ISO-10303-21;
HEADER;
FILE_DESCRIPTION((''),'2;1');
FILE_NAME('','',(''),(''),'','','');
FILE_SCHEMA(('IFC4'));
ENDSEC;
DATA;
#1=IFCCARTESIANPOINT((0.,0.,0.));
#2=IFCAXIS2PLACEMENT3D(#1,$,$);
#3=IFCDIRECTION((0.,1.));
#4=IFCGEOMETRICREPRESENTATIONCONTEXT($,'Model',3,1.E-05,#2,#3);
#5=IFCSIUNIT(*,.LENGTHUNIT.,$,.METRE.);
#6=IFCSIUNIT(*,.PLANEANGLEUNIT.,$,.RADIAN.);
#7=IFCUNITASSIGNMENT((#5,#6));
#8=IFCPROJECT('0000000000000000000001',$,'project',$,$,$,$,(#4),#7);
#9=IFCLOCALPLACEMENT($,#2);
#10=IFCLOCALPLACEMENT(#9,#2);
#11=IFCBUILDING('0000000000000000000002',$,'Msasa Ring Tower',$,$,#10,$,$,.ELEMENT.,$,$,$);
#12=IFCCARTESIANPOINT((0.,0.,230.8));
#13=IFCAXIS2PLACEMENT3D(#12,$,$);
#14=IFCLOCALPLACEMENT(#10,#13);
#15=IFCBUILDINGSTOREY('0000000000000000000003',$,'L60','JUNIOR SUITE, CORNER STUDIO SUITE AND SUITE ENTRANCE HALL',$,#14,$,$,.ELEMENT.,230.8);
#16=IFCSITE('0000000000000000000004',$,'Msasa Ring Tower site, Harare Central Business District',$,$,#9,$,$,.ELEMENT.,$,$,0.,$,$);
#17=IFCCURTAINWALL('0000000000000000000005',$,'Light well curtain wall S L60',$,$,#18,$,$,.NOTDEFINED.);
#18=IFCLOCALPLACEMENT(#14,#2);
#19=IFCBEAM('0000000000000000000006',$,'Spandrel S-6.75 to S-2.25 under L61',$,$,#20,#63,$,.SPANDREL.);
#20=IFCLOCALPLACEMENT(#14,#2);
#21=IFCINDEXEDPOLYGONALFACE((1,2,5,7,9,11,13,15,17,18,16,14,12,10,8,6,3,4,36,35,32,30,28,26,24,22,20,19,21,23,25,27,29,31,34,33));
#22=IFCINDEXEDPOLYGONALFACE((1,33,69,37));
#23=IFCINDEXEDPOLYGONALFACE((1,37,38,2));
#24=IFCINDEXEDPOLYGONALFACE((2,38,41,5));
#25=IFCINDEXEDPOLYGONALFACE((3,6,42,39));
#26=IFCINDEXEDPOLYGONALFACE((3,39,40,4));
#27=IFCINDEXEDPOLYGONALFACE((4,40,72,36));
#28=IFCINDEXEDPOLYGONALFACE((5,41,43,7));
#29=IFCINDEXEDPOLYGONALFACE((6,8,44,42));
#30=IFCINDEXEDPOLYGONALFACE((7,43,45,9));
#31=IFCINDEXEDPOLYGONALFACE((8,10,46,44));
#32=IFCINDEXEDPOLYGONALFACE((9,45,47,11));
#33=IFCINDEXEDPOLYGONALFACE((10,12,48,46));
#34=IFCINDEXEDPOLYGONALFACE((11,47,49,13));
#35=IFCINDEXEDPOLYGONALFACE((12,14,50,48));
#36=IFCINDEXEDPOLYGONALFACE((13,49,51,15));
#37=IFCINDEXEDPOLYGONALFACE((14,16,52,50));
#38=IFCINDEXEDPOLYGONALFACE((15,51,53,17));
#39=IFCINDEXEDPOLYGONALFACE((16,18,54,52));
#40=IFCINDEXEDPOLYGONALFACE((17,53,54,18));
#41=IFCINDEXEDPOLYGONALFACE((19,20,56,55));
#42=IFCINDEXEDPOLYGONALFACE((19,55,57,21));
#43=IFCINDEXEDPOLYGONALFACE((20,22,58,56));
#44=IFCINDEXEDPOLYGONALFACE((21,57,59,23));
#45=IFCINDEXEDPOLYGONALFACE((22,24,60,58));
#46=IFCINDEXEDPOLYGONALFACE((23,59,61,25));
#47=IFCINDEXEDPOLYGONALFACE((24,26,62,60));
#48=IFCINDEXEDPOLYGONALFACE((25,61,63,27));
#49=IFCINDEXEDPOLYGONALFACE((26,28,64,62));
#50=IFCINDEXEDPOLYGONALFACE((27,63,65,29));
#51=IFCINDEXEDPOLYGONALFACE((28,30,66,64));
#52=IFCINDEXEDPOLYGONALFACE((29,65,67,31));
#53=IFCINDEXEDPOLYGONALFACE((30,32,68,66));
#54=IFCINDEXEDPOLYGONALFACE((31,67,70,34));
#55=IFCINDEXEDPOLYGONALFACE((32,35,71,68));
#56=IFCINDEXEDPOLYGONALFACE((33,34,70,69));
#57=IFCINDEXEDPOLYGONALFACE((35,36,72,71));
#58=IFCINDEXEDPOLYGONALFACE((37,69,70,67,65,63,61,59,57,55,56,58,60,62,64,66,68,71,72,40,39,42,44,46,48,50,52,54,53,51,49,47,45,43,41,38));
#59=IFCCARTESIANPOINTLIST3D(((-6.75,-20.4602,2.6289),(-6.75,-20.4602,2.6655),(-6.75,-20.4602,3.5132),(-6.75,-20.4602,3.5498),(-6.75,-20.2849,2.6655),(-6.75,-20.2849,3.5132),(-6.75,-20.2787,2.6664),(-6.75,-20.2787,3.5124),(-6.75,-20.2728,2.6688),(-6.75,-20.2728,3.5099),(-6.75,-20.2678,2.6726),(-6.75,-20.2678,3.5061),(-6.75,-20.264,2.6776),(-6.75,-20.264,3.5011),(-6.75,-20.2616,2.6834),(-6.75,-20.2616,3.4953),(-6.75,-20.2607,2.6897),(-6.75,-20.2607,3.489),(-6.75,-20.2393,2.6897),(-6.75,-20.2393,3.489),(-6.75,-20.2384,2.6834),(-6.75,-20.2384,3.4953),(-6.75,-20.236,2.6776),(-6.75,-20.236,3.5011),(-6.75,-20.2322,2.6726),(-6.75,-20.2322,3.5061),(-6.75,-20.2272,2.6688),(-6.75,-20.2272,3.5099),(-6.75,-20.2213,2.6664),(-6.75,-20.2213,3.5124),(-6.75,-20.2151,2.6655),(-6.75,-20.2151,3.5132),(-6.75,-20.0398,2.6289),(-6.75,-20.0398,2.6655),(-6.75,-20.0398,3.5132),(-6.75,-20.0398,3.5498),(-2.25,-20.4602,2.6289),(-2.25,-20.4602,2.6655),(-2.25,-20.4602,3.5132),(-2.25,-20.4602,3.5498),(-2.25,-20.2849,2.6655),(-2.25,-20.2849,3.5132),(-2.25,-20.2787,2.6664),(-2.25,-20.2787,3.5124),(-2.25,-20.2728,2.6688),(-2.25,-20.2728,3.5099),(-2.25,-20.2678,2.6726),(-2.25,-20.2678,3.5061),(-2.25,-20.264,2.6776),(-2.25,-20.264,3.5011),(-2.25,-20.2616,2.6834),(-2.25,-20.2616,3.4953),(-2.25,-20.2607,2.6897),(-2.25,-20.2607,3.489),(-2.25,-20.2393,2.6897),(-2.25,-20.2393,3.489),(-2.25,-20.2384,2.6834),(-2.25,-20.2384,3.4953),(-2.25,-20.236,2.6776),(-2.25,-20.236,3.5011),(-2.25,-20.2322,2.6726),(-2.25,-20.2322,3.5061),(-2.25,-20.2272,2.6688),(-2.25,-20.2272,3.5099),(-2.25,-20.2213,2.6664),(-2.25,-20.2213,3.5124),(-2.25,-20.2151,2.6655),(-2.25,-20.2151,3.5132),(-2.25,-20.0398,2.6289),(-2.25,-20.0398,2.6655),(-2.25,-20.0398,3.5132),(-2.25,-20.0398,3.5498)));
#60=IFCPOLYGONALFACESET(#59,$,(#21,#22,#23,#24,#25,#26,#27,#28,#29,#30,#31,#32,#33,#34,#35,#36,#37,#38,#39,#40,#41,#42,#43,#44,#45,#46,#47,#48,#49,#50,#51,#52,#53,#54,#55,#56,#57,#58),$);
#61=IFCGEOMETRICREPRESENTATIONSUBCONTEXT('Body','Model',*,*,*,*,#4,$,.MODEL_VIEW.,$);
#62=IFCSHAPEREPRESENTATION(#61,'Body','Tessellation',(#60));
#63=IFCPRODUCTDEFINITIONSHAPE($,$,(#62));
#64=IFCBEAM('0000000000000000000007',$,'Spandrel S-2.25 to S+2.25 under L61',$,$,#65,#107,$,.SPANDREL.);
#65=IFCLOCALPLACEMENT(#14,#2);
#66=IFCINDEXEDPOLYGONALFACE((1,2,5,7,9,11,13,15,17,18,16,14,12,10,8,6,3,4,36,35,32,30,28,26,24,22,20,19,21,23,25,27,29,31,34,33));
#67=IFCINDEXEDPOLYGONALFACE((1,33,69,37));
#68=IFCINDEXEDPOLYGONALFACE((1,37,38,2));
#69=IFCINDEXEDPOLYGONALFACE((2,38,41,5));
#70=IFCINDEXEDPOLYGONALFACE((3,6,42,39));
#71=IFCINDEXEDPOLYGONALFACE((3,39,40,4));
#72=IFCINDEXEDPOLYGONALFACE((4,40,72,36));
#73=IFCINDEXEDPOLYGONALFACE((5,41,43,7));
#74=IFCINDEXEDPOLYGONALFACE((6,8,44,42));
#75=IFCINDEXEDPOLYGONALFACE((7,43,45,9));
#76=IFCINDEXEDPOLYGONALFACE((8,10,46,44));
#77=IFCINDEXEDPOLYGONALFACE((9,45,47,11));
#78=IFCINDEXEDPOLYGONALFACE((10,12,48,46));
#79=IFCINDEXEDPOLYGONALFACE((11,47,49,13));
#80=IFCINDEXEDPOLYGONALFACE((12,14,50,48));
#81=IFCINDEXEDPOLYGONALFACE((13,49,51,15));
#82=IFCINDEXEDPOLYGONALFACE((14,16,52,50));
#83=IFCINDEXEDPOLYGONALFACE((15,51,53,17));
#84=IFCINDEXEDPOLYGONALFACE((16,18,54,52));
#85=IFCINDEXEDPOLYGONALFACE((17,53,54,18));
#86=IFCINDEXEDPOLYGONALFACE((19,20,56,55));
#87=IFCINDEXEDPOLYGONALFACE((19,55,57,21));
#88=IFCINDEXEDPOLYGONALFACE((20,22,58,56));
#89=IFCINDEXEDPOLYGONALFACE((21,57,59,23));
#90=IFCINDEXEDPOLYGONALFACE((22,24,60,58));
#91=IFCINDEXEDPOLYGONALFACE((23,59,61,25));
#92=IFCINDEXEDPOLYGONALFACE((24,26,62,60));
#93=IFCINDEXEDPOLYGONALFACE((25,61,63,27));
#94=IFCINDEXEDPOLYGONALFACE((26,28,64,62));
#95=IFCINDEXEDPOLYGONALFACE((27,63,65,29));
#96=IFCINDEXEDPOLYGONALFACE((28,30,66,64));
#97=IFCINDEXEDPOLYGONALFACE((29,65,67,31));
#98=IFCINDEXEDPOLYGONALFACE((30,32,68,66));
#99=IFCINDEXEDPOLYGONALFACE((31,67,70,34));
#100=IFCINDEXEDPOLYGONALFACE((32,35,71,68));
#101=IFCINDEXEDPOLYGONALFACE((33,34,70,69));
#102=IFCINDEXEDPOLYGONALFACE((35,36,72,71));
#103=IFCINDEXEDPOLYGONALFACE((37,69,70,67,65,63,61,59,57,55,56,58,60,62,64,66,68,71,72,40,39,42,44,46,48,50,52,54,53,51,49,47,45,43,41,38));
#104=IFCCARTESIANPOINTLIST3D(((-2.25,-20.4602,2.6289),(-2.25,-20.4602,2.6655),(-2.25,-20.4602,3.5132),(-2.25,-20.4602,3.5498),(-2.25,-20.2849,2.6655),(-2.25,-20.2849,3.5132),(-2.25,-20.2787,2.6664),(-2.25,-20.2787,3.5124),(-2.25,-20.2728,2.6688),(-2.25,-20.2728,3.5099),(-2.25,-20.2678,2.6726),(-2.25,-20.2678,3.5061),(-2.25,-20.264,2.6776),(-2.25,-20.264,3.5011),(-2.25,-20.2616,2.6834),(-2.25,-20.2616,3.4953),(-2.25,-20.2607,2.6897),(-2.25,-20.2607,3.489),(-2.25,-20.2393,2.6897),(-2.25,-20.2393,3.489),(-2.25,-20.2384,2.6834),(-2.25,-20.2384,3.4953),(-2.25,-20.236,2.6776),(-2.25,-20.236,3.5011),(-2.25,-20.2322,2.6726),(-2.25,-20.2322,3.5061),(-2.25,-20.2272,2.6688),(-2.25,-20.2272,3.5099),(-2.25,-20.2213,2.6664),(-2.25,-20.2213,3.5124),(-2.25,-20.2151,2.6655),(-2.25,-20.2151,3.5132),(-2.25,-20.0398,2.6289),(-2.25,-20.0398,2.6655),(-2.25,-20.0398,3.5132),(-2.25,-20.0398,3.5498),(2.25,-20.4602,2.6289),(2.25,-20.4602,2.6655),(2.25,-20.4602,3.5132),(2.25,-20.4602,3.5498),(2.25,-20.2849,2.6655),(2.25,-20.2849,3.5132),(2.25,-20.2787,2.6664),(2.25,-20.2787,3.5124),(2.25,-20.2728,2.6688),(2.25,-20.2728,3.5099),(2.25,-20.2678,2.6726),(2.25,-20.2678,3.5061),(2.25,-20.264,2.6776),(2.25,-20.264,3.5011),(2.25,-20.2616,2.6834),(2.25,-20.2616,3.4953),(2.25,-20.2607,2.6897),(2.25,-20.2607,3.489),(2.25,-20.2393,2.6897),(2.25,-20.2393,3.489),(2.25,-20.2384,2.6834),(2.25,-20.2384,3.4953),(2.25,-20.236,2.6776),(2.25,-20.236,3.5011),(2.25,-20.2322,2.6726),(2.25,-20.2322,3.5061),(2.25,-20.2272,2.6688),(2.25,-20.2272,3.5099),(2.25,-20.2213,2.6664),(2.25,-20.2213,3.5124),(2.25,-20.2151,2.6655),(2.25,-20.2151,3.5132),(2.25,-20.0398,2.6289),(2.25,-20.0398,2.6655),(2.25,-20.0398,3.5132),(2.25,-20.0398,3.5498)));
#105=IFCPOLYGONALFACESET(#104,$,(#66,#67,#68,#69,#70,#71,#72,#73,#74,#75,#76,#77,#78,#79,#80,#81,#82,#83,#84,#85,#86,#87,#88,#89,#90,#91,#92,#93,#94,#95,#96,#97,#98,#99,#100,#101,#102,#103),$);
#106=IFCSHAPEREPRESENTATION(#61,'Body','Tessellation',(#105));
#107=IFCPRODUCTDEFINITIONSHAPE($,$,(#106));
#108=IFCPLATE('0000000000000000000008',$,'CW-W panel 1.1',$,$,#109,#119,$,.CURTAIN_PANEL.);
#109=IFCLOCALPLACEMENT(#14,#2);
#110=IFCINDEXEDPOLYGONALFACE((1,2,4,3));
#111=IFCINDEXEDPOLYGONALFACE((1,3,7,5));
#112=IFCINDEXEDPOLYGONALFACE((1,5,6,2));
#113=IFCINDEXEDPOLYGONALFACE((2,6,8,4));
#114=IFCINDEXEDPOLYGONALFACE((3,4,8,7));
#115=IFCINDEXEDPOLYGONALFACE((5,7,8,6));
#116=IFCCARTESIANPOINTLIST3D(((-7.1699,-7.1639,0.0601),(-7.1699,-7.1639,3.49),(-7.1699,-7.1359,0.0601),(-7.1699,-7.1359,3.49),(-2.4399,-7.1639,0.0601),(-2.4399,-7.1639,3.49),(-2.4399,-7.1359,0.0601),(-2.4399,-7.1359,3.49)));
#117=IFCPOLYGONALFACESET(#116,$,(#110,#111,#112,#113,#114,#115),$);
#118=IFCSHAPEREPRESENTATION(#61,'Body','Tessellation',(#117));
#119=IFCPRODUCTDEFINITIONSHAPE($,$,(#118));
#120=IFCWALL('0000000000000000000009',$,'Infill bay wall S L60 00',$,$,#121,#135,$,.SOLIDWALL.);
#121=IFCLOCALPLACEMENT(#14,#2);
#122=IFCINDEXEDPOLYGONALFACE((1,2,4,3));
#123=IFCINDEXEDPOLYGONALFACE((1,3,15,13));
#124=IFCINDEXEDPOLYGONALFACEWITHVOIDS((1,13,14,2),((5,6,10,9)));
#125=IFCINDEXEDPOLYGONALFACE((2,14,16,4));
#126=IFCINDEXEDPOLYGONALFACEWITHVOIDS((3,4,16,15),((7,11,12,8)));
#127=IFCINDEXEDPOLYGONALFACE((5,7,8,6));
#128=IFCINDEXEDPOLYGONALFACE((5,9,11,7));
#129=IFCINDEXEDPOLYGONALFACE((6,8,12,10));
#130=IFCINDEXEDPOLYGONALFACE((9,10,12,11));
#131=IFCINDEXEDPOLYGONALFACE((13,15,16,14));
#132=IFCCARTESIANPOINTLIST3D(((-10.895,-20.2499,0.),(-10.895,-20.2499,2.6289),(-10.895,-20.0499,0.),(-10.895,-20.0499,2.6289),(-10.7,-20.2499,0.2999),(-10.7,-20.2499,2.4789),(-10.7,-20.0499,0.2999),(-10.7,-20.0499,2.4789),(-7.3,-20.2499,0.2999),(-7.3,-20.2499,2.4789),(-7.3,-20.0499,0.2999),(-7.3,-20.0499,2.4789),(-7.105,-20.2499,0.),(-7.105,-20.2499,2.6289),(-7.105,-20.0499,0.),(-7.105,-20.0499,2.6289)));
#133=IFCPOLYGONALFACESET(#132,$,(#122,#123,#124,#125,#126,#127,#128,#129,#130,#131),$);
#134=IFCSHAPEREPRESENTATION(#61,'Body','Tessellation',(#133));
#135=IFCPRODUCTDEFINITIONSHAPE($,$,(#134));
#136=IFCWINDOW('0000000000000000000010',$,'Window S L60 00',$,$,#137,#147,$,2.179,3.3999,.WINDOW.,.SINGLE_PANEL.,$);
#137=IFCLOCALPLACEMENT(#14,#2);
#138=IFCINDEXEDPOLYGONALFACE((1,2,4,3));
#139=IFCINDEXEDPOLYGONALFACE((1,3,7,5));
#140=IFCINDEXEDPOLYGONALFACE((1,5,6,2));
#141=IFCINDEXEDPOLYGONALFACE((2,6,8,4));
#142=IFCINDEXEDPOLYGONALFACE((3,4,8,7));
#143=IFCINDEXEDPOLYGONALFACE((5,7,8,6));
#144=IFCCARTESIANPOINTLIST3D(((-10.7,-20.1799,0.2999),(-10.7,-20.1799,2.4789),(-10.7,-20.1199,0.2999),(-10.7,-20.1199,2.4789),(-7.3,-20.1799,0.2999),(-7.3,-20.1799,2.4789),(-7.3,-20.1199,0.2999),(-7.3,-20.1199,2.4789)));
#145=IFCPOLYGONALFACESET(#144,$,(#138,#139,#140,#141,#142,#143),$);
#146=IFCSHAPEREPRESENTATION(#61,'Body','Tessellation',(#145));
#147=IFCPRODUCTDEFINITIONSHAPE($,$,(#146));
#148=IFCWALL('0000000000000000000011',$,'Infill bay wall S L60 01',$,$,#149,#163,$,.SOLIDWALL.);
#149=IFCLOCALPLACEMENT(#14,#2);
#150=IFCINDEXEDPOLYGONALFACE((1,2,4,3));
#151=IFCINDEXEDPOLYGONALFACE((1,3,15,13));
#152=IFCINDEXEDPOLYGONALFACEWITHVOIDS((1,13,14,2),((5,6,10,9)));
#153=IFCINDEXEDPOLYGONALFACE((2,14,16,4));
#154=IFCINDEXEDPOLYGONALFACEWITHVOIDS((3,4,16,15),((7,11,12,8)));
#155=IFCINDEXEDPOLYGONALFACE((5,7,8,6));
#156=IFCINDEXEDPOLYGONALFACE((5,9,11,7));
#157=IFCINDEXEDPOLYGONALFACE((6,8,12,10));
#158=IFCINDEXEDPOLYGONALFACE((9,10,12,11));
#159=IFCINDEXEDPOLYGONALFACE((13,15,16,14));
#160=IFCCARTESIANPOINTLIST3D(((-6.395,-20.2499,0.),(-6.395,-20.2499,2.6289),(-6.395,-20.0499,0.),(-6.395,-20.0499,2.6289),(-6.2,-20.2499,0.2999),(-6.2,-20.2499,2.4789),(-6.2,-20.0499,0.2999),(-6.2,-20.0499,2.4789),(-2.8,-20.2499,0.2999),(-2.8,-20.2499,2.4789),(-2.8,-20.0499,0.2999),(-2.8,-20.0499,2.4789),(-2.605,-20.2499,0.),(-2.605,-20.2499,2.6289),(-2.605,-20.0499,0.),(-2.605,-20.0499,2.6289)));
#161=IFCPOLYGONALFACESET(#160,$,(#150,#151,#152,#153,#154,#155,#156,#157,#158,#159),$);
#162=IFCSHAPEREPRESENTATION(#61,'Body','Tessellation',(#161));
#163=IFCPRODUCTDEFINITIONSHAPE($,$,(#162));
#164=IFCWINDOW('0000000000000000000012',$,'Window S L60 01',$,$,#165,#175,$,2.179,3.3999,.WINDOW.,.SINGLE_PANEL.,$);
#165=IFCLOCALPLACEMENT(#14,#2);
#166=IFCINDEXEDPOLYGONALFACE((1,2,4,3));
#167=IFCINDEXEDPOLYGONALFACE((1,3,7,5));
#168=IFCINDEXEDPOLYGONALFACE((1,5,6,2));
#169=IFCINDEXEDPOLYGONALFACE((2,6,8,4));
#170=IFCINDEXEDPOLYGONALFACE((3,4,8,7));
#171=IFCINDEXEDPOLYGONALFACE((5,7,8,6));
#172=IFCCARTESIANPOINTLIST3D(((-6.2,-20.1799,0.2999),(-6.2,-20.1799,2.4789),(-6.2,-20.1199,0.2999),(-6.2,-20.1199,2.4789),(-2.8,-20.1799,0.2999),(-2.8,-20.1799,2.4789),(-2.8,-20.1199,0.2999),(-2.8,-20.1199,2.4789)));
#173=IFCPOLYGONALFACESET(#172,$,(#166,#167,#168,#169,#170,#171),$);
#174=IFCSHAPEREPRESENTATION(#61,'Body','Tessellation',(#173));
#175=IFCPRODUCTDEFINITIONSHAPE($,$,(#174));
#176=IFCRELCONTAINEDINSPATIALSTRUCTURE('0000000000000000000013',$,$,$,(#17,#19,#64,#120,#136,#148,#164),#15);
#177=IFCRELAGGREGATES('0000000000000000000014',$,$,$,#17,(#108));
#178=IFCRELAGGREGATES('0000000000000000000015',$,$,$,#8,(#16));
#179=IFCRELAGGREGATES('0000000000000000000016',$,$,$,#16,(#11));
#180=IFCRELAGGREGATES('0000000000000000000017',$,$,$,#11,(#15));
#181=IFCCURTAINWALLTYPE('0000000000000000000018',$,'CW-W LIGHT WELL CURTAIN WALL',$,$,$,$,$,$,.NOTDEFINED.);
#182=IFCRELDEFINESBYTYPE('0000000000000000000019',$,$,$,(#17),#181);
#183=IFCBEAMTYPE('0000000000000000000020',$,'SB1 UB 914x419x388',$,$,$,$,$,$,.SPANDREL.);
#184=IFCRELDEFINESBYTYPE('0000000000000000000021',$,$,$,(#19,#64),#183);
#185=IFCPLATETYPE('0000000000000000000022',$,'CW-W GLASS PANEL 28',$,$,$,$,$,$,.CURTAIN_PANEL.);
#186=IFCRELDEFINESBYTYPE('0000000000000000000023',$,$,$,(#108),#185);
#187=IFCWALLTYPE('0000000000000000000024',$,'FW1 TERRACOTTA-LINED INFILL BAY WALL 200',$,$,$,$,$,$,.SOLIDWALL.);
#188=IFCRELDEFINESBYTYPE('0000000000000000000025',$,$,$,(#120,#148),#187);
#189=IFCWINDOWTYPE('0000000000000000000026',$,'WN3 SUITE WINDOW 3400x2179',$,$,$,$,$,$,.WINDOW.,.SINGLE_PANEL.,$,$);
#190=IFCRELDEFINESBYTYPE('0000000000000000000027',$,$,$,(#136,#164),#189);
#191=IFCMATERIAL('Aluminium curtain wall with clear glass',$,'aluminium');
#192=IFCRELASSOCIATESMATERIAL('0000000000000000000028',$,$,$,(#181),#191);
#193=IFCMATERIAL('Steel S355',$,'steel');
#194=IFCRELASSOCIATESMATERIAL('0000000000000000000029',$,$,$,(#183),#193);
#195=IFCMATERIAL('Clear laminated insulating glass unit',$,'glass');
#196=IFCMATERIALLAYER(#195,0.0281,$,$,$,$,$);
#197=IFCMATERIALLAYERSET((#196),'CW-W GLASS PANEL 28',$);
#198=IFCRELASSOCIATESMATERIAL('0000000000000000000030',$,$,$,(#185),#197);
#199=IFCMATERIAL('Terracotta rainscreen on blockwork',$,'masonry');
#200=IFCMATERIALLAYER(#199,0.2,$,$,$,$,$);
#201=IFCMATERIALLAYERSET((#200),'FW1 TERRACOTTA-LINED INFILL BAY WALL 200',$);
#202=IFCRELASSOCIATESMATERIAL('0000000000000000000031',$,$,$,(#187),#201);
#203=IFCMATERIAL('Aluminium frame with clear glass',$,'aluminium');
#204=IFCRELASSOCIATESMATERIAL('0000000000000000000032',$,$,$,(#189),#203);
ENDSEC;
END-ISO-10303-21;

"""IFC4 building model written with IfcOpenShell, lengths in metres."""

from ifc_helpers import new_model, si_unit, direction, frame, frame_2d, origin, origin_2d, place, context, subcontext, project, spatial, rectangle, i_section, extrude, material, layer, layer_set, material_profile, profile_set, type_object, element, fill, aggregate, save


model = new_model("IFC4")

# Units and contexts
model_context = context("Model", 3, precision=1e-05, world=origin(), true_north=direction((0.0, 1.0)))
body_context = subcontext(model_context, "Body", "Model", "MODEL_VIEW")
ifc_project = project(units=[si_unit("LENGTHUNIT", "METRE"), si_unit("PLANEANGLEUNIT", "RADIAN")], contexts=[model_context])

# Site, building, storey
site_placement = place(None, origin())
site = spatial("IfcSite", under=ifc_project, at=site_placement, Name="Msasa Ring Tower site, Harare Central Business District", CompositionType="ELEMENT", RefElevation=0.0)
building_placement = place(site_placement, origin())
building = spatial("IfcBuilding", under=site, at=building_placement, Name="Msasa Ring Tower", CompositionType="ELEMENT")
storey_placement = place(building_placement, frame((0.0, 0.0, 230.8)))
storey = spatial("IfcBuildingStorey", under=building, at=storey_placement, Name="L60", Description="JUNIOR SUITE, CORNER STUDIO SUITE AND SUITE ENTRANCE HALL", CompositionType="ELEMENT", Elevation=230.8)

# Curtain wall
ifc_material_1 = material(Name="Aluminium curtain wall with clear glass", Category="aluminium")
curtain_wall_type = type_object("IfcCurtainWallType", Name="CW-W LIGHT WELL CURTAIN WALL", PredefinedType="NOTDEFINED", material=ifc_material_1)
curtain_wall_placement = place(storey_placement, origin())
curtain_wall = element("IfcCurtainWall", 1, at=curtain_wall_placement, inside=storey, type_object=curtain_wall_type, Name="Light well curtain wall S L60", PredefinedType="NOTDEFINED")

# Beams
ifc_material_2 = material(Name="Steel S355", Category="steel")
ifc_material_profile_1 = material_profile(ifc_material_2, i_section(OverallWidth=0.4204, OverallDepth=0.9209, WebThickness=0.0215, FlangeThickness=0.0366, FilletRadius=0.0242, at=origin_2d()), Name="UB 914x419x388")
ifc_profile_set_1 = profile_set([ifc_material_profile_1], Name="Steel S355")
beam_type_1 = type_object("IfcBeamType", Name="SB1 UB 914x419x388", PredefinedType="SPANDREL", material=ifc_profile_set_1)
for number, where, z_axis, x_axis, name in (
    (2, (-6.75, -20.25, 3.0894), (1.0, 0.0, 0.0), (0.0, 1.0, 0.0), "Spandrel S-6.75 to S-2.25 under L61"),
    (3, (-2.25, -20.25, 3.0894), (1.0, 0.0, 0.0), (0.0, 1.0, 0.0), "Spandrel S-2.25 to S+2.25 under L61"),
):
    element("IfcBeam", number, at=place(storey_placement, frame(where, z_axis=z_axis, x_axis=x_axis)), inside=storey, type_object=beam_type_1, Name=name, PredefinedType="SPANDREL", context=body_context, shape_type="SweptSolid", body=[
        extrude(i_section(OverallWidth=0.4204, OverallDepth=0.9209, WebThickness=0.0215, FlangeThickness=0.0366, FilletRadius=0.0242, at=origin_2d()), origin(), (0.0, 0.0, 1.0), 4.5),
    ])

# Plate
ifc_material_3 = material(Name="Clear laminated insulating glass unit", Category="glass")
ifc_layer_1 = layer(ifc_material_3, 0.0281)
ifc_layer_set_1 = layer_set([ifc_layer_1], Name="CW-W GLASS PANEL 28")
plate_type = type_object("IfcPlateType", Name="CW-W GLASS PANEL 28", PredefinedType="CURTAIN_PANEL", material=ifc_layer_set_1)
plate_placement = place(storey_placement, frame((-4.8049, -7.1499, 0.0601), z_axis=(0.0, 0.0, 1.0), x_axis=(1.0, 0.0, 0.0)))
plate = element("IfcPlate", 4, at=plate_placement, type_object=plate_type, Name="CW-W panel 1.1", PredefinedType="CURTAIN_PANEL", context=body_context, shape_type="SweptSolid", body=[
    extrude(rectangle(XDim=4.73, YDim=0.0281, at=origin_2d()), origin(), (0.0, 0.0, 1.0), 3.4299),
])
aggregate(curtain_wall, [plate])

# Walls, openings, windows
ifc_material_4 = material(Name="Terracotta rainscreen on blockwork", Category="masonry")
ifc_layer_2 = layer(ifc_material_4, 0.2)
ifc_layer_set_2 = layer_set([ifc_layer_2], Name="FW1 TERRACOTTA-LINED INFILL BAY WALL 200")
wall_type_1 = type_object("IfcWallType", Name="FW1 TERRACOTTA-LINED INFILL BAY WALL 200", PredefinedType="SOLIDWALL", material=ifc_layer_set_2)
wall_1_placement = place(storey_placement, frame((-10.895, -20.1499, 0.0), z_axis=(0.0, 0.0, 1.0), x_axis=(1.0, 0.0, 0.0)))
wall_1 = element("IfcWall", 5, at=wall_1_placement, inside=storey, type_object=wall_type_1, Name="Infill bay wall S L60 00", PredefinedType="SOLIDWALL", context=body_context, shape_type="SweptSolid", body=[
    extrude(rectangle(XDim=3.79, YDim=0.2, at=frame_2d((1.895, 0.0))), origin(), (0.0, 0.0, 1.0), 2.6289),
])
opening_1_placement = place(wall_1_placement, frame((0.1951, 0.0, 0.3)))
opening_1 = element("IfcOpeningElement", 6, at=opening_1_placement, cuts=wall_1, PredefinedType="OPENING", context=body_context, shape_type="SweptSolid", body=[
    extrude(rectangle(XDim=3.3999, YDim=2.179, at=frame_2d((1.7, 1.0894))), frame((0.0, 0.1099, 0.0), z_axis=(0.0, -1.0, 0.0), x_axis=(1.0, 0.0, 0.0)), (0.0, 0.0, 1.0), 0.22),
])
ifc_material_5 = material(Name="Aluminium frame with clear glass", Category="aluminium")
window_type = type_object("IfcWindowType", Name="WN3 SUITE WINDOW 3400x2179", PartitioningType="SINGLE_PANEL", PredefinedType="WINDOW", material=ifc_material_5)
window_1_placement = place(opening_1_placement, origin())
window_1 = element("IfcWindow", 7, at=window_1_placement, inside=storey, type_object=window_type, Name="Window S L60 00", OverallHeight=2.179, OverallWidth=3.3999, PartitioningType="SINGLE_PANEL", PredefinedType="WINDOW", context=body_context, shape_type="SweptSolid", body=[
    extrude(rectangle(XDim=3.3999, YDim=2.179, at=frame_2d((1.7, 1.0894))), frame((0.0, 0.03, 0.0), z_axis=(0.0, -1.0, 0.0), x_axis=(1.0, 0.0, 0.0)), (0.0, 0.0, 1.0), 0.0601),
])
fill(opening_1, window_1)
wall_2_placement = place(storey_placement, frame((-6.395, -20.1499, 0.0), z_axis=(0.0, 0.0, 1.0), x_axis=(1.0, 0.0, 0.0)))
wall_2 = element("IfcWall", 8, at=wall_2_placement, inside=storey, type_object=wall_type_1, Name="Infill bay wall S L60 01", PredefinedType="SOLIDWALL", context=body_context, shape_type="SweptSolid", body=[
    extrude(rectangle(XDim=3.79, YDim=0.2, at=frame_2d((1.895, 0.0))), origin(), (0.0, 0.0, 1.0), 2.6289),
])
opening_2_placement = place(wall_2_placement, frame((0.1951, 0.0, 0.3)))
opening_2 = element("IfcOpeningElement", 9, at=opening_2_placement, cuts=wall_2, PredefinedType="OPENING", context=body_context, shape_type="SweptSolid", body=[
    extrude(rectangle(XDim=3.3999, YDim=2.179, at=frame_2d((1.7, 1.0894))), frame((0.0, 0.1099, 0.0), z_axis=(0.0, -1.0, 0.0), x_axis=(1.0, 0.0, 0.0)), (0.0, 0.0, 1.0), 0.22),
])
window_2_placement = place(opening_2_placement, origin())
window_2 = element("IfcWindow", 10, at=window_2_placement, inside=storey, type_object=window_type, Name="Window S L60 01", OverallHeight=2.179, OverallWidth=3.3999, PartitioningType="SINGLE_PANEL", PredefinedType="WINDOW", context=body_context, shape_type="SweptSolid", body=[
    extrude(rectangle(XDim=3.3999, YDim=2.179, at=frame_2d((1.7, 1.0894))), frame((0.0, 0.03, 0.0), z_axis=(0.0, -1.0, 0.0), x_axis=(1.0, 0.0, 0.0)), (0.0, 0.0, 1.0), 0.0601),
])
fill(opening_2, window_2)

save(model, "model.ifc")
